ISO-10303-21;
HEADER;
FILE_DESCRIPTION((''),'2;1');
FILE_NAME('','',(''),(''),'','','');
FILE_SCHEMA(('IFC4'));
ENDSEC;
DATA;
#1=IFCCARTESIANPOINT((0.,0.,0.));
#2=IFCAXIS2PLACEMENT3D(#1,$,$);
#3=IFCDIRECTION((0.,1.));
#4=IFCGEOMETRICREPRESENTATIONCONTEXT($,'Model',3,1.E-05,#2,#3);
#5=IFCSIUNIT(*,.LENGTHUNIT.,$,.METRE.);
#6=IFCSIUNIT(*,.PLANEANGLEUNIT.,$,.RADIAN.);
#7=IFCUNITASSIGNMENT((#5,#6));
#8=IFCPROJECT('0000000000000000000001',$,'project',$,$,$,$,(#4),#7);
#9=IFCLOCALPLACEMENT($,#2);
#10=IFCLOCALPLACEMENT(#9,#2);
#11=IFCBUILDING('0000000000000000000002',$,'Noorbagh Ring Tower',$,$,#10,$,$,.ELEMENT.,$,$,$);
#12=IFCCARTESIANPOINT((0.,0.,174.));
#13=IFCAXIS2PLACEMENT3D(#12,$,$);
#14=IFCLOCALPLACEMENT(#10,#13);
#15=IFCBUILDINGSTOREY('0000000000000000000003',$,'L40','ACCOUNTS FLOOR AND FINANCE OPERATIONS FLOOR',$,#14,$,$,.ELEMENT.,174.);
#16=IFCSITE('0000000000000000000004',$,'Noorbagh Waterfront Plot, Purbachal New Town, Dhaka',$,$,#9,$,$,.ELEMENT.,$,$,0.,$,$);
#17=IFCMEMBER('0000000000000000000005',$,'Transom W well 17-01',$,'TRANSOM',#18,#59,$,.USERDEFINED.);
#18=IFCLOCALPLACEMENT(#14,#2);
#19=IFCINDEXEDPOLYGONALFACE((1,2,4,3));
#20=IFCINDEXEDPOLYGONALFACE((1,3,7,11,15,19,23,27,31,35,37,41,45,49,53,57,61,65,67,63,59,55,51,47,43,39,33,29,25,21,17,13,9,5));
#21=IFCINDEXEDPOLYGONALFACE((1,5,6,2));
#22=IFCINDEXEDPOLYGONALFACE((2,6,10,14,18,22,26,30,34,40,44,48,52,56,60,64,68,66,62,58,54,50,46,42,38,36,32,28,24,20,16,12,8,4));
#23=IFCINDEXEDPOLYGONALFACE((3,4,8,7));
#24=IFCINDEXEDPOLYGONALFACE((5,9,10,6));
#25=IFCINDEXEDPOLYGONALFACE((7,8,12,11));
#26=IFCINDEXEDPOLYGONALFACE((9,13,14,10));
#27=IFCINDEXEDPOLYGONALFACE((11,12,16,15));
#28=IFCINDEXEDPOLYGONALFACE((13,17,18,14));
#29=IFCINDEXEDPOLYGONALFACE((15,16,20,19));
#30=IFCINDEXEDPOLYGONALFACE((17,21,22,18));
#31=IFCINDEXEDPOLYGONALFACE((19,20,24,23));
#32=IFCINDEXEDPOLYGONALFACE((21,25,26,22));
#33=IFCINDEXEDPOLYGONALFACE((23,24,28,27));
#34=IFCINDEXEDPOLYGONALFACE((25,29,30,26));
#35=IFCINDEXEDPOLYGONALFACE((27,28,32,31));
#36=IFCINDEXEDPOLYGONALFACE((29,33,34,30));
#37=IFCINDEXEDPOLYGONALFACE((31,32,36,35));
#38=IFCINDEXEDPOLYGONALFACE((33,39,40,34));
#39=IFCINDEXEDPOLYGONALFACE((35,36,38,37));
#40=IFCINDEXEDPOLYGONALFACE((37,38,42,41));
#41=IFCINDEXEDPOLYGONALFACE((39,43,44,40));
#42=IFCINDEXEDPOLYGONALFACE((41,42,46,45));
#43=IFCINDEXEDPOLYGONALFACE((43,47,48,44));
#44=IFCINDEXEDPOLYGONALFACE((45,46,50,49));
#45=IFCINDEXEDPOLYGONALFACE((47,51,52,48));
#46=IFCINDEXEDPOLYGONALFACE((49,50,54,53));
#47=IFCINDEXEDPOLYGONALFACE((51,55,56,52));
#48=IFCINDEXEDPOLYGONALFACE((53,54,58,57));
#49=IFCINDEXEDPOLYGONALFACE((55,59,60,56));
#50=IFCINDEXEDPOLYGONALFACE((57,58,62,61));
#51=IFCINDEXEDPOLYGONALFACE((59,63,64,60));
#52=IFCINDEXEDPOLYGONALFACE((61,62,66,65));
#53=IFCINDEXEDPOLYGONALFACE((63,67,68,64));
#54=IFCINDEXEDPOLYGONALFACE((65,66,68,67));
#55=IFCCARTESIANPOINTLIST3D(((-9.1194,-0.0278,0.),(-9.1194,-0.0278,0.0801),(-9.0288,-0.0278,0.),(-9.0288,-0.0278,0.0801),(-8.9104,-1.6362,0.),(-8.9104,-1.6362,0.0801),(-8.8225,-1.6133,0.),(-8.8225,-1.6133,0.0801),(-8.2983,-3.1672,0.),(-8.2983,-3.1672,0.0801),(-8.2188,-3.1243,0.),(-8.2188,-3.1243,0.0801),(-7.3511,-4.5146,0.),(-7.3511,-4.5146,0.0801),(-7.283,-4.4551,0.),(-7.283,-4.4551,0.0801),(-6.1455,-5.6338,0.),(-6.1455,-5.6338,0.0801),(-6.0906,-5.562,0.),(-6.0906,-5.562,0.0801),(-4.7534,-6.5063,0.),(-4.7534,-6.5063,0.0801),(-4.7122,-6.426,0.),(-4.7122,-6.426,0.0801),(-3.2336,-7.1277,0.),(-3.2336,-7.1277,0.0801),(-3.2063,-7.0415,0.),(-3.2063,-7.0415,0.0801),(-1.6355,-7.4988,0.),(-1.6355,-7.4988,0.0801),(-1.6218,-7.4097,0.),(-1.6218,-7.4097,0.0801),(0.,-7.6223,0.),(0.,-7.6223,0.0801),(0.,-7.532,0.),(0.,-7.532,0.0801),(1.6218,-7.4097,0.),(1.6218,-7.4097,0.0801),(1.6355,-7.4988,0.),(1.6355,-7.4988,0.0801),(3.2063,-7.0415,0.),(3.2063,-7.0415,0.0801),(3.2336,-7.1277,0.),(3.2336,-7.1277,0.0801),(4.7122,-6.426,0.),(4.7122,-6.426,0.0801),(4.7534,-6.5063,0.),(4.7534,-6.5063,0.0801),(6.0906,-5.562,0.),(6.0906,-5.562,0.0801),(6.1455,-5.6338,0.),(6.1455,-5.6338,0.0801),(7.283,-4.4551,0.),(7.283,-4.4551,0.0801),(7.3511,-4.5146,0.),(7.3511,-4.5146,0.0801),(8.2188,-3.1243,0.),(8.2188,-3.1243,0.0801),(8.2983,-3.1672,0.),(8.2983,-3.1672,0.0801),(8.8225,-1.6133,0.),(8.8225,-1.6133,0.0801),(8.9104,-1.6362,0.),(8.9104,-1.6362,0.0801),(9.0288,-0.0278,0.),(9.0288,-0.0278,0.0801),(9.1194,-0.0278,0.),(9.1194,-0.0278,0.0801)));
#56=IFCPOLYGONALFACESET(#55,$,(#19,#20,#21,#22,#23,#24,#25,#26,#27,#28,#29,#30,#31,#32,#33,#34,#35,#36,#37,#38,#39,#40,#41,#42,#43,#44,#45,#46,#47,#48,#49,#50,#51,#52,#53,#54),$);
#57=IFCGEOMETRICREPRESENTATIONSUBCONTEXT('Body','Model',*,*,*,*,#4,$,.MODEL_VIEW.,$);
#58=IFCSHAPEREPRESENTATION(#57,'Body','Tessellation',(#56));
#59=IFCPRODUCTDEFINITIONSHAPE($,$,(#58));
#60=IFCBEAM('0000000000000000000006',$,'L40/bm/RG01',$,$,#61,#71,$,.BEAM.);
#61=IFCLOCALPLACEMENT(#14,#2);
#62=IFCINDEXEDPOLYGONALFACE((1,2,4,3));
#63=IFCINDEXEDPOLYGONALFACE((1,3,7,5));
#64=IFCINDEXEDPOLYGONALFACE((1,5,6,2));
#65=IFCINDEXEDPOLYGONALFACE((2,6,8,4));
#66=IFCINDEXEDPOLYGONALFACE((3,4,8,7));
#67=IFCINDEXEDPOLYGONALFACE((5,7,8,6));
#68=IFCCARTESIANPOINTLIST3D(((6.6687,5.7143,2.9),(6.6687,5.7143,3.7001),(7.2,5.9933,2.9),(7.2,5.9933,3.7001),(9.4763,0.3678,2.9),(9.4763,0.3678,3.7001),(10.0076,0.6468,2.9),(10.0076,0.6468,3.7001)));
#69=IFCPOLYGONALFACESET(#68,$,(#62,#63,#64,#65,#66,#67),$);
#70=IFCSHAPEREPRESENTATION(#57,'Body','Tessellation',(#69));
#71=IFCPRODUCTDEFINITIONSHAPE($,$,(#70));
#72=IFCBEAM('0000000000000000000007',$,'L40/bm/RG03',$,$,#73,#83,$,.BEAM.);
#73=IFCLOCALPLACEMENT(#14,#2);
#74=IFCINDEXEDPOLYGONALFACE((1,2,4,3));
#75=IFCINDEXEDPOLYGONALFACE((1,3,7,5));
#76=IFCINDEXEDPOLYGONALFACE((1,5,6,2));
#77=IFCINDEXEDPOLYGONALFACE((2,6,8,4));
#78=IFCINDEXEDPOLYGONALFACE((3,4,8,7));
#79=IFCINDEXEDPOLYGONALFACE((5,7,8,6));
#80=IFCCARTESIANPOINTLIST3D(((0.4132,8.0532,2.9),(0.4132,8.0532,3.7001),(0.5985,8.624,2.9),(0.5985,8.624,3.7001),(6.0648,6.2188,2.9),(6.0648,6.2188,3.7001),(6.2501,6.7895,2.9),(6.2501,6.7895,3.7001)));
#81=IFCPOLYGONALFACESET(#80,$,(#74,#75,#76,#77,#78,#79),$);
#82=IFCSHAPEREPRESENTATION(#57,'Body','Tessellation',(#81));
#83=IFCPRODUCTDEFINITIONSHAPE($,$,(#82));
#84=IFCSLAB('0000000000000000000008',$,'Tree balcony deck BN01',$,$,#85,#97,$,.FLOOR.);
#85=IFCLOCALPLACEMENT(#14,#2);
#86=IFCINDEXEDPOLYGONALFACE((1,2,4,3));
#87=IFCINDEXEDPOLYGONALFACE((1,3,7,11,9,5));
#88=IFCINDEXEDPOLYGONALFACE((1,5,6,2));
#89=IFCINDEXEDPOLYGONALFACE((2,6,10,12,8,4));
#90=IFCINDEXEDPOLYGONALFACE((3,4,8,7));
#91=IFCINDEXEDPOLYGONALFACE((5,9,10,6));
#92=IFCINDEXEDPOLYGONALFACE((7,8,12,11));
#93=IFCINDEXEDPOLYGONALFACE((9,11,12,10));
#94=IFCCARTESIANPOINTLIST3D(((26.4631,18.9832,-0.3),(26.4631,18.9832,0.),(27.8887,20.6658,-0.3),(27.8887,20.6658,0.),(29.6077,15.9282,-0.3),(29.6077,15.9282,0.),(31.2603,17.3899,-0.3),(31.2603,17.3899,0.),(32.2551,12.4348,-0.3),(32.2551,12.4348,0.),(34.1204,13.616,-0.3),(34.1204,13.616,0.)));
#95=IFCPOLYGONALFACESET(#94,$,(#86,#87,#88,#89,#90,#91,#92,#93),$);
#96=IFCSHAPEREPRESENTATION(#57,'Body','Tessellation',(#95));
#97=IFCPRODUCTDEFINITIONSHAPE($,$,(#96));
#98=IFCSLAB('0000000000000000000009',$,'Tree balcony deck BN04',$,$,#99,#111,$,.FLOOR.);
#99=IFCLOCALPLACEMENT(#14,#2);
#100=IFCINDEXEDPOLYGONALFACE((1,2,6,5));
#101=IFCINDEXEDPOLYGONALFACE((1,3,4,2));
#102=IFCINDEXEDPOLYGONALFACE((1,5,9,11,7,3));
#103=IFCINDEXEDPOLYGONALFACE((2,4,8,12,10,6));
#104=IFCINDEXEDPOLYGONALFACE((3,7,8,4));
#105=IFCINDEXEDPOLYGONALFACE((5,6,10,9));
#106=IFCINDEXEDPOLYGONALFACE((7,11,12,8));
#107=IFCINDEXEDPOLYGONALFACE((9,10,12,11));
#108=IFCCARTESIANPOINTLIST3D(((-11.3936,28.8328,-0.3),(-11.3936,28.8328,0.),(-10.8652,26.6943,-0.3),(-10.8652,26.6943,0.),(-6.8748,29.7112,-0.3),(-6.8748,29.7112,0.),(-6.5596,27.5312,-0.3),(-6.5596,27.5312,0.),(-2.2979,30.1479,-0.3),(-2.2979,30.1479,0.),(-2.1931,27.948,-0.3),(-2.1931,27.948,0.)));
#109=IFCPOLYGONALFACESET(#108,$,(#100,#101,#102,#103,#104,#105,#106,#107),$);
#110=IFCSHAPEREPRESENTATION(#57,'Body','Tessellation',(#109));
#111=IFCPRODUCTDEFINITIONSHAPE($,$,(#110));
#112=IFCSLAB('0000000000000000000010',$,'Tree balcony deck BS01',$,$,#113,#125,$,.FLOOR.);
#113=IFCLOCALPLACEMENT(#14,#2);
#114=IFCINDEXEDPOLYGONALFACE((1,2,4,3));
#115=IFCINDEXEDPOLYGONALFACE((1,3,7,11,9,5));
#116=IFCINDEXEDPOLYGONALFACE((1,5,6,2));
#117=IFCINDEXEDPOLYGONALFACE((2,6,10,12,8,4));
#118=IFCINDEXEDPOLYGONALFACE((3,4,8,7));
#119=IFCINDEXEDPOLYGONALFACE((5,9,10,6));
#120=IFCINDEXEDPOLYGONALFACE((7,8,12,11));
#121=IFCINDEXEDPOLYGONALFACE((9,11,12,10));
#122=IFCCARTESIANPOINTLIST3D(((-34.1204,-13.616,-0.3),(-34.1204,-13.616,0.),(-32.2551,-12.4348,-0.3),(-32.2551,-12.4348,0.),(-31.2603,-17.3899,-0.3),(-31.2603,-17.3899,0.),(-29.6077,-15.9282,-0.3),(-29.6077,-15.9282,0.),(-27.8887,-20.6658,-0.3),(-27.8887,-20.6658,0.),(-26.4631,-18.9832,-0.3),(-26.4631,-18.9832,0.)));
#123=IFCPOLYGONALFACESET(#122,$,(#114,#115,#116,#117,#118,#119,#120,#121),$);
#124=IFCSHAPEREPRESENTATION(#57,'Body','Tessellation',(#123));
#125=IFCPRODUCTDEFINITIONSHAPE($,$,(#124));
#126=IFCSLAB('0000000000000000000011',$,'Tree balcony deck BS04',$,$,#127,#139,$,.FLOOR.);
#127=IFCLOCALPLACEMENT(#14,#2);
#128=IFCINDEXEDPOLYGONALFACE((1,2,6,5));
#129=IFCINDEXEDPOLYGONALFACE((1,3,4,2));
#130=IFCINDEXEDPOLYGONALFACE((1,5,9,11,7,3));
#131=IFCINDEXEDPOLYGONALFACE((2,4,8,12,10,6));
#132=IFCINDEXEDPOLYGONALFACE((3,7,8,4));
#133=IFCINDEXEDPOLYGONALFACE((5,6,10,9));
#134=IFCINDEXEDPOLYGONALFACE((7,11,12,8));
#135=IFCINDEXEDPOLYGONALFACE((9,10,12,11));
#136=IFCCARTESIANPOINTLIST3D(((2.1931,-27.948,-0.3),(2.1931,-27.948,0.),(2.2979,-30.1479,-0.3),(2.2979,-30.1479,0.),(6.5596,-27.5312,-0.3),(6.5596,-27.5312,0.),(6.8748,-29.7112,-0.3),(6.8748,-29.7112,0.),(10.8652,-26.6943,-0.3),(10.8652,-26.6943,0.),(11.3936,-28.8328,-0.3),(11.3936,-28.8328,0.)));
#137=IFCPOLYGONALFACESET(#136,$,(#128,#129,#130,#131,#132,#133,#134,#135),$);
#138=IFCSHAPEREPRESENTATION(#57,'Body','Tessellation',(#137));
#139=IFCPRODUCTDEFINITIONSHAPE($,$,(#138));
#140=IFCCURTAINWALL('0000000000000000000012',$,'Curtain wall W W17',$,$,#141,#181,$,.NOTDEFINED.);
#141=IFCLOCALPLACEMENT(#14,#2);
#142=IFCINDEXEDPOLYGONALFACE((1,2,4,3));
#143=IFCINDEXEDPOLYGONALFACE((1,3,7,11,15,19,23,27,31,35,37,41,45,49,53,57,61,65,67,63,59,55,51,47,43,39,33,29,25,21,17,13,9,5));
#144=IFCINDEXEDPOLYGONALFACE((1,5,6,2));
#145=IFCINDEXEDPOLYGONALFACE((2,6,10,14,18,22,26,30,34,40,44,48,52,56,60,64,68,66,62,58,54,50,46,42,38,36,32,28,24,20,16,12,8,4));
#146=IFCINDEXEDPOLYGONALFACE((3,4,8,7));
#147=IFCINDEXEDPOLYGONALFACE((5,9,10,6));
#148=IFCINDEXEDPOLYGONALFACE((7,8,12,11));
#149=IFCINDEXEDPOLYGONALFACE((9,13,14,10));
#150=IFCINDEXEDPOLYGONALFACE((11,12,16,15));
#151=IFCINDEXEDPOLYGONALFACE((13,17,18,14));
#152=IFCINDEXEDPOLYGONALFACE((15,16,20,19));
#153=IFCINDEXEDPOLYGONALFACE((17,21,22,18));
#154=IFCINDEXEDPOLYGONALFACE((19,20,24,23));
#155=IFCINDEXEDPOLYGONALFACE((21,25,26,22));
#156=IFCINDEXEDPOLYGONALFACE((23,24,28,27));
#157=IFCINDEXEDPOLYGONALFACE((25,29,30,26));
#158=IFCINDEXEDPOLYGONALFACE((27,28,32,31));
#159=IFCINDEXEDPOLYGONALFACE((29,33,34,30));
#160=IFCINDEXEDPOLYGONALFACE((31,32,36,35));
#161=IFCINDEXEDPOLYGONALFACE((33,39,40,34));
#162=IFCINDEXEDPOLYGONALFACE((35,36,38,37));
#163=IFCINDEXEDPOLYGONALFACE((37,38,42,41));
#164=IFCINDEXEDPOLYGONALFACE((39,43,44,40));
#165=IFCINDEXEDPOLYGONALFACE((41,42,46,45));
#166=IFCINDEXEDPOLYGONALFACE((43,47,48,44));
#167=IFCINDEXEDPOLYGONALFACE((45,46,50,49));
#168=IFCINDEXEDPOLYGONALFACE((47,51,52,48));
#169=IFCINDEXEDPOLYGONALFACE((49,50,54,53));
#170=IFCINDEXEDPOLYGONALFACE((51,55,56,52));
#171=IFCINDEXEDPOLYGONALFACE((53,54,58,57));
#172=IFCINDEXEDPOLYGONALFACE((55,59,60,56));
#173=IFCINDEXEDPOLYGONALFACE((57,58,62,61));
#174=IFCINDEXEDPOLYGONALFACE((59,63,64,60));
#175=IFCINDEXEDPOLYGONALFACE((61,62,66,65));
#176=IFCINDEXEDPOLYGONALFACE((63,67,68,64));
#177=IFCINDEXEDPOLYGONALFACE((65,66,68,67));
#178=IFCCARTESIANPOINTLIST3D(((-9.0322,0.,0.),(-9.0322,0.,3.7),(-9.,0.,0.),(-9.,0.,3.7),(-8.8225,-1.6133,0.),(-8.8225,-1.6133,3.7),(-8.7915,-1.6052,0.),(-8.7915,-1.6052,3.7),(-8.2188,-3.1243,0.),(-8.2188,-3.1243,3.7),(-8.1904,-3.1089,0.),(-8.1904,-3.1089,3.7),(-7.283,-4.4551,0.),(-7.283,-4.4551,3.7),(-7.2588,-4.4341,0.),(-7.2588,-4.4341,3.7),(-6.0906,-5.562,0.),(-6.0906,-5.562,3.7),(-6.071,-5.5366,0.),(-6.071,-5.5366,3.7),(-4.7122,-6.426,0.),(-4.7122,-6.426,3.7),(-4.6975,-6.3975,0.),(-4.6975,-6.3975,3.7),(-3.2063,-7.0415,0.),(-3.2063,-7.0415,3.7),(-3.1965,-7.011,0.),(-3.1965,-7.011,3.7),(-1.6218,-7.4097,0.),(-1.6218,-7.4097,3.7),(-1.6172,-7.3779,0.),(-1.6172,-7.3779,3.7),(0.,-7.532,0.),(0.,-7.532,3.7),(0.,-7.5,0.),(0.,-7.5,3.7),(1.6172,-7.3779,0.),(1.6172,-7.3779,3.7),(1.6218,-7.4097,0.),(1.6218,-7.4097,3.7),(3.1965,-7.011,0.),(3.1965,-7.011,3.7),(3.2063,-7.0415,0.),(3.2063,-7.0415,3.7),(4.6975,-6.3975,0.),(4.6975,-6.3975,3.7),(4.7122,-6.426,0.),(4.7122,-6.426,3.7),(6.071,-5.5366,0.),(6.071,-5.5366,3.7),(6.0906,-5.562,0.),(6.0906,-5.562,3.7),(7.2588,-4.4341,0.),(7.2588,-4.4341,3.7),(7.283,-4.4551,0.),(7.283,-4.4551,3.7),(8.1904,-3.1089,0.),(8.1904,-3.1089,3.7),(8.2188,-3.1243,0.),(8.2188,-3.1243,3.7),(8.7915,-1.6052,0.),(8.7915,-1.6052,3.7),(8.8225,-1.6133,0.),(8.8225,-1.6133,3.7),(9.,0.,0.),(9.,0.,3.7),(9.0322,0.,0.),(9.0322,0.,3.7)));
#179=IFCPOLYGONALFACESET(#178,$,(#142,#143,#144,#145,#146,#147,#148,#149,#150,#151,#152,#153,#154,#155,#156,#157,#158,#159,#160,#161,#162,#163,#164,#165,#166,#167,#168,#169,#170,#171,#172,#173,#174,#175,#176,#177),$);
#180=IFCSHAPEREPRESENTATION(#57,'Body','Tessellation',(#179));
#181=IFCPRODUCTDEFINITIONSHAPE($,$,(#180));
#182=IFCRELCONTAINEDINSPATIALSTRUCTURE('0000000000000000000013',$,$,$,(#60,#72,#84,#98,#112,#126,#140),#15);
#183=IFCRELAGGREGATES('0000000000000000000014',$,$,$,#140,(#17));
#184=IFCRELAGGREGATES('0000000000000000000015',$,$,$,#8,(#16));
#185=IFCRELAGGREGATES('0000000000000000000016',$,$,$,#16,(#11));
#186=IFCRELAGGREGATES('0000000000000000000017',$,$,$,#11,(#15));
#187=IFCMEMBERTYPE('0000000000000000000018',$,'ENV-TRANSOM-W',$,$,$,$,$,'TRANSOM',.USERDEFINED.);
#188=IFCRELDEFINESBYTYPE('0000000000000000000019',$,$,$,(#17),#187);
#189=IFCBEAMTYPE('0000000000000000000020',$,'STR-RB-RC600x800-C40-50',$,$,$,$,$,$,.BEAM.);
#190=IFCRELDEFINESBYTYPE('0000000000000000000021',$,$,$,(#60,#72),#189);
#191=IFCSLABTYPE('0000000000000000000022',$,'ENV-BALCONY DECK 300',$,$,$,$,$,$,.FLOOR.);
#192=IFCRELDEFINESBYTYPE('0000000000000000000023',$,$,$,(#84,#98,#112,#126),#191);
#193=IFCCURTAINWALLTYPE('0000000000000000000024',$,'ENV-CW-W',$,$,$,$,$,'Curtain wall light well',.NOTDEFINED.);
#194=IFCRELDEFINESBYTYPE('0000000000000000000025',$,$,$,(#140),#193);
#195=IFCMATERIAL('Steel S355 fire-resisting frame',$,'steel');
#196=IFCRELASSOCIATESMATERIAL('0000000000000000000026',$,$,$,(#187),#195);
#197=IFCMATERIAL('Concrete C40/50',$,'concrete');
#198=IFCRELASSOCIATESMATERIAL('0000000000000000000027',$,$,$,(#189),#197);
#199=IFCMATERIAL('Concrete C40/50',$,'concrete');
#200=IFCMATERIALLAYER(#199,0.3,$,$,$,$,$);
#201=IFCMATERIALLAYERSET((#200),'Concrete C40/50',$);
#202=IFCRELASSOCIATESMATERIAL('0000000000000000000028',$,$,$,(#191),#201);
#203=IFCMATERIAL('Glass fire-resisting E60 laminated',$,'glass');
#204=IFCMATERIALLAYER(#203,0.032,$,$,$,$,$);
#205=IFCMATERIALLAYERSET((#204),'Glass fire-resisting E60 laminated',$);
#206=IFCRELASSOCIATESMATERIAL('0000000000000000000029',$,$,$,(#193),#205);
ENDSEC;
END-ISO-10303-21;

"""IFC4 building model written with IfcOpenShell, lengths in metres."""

from ifc_helpers import new_model, si_unit, direction, frame, origin, origin_2d, place, context, subcontext, project, spatial, polyline, rectangle, outline, extrude, material, layer, layer_set, material_profile, profile_set, type_object, element, aggregate, save


model = new_model("IFC4")

# Units and contexts
model_context = context("Model", 3, precision=1e-05, world=origin(), true_north=direction((0.0, 1.0)))
body_context = subcontext(model_context, "Body", "Model", "MODEL_VIEW")
ifc_project = project(units=[si_unit("LENGTHUNIT", "METRE"), si_unit("PLANEANGLEUNIT", "RADIAN")], contexts=[model_context])

# Site, building, storey
site_placement = place(None, origin())
site = spatial("IfcSite", under=ifc_project, at=site_placement, Name="Noorbagh Waterfront Plot, Purbachal New Town, Dhaka", CompositionType="ELEMENT", RefElevation=0.0)
building_placement = place(site_placement, origin())
building = spatial("IfcBuilding", under=site, at=building_placement, Name="Noorbagh Ring Tower", CompositionType="ELEMENT")
storey_placement = place(building_placement, frame((0.0, 0.0, 174.0)))
storey = spatial("IfcBuildingStorey", under=building, at=storey_placement, Name="L40", Description="ACCOUNTS FLOOR AND FINANCE OPERATIONS FLOOR", CompositionType="ELEMENT", Elevation=174.0)

# Member
ifc_material_1 = material(Name="Steel S355 fire-resisting frame", Category="steel")
member_type_1 = type_object("IfcMemberType", Name="ENV-TRANSOM-W", ElementType="TRANSOM", PredefinedType="USERDEFINED", material=ifc_material_1)
member_1_placement = place(storey_placement, origin())
member_1 = element("IfcMember", 1, at=member_1_placement, type_object=member_type_1, Name="Transom W well 17-01", ObjectType="TRANSOM", PredefinedType="USERDEFINED", context=body_context, shape_type="SweptSolid", body=[
    extrude(outline(polyline([(-9.1194, -0.0278), (-8.9104, -1.6362), (-8.2983, -3.1672), (-7.3511, -4.5146), (-6.1455, -5.6338), (-4.7534, -6.5063), (-3.2336, -7.1277), (-1.6355, -7.4988), (0.0, -7.6223), (1.6355, -7.4988), (3.2336, -7.1277), (4.7534, -6.5063), (6.1455, -5.6338), (7.3511, -4.5146), (8.2983, -3.1672), (8.9104, -1.6362), (9.1194, -0.0278), (9.0288, -0.0278), (8.8225, -1.6133), (8.2188, -3.1243), (7.283, -4.4551), (6.0906, -5.562), (4.7122, -6.426), (3.2063, -7.0415), (1.6218, -7.4097), (0.0, -7.532), (-1.6218, -7.4097), (-3.2063, -7.0415), (-4.7122, -6.426), (-6.0906, -5.562), (-7.283, -4.4551), (-8.2188, -3.1243), (-8.8225, -1.6133), (-9.0288, -0.0278), (-9.1194, -0.0278)])), origin(), (0.0, 0.0, 1.0), 0.0801),
])

# Beams
ifc_material_2 = material(Name="Concrete C40/50", Category="concrete")
ifc_material_profile_1 = material_profile(ifc_material_2, rectangle(XDim=0.6001, YDim=0.8, at=origin_2d()), Name="RC600x800")
ifc_profile_set_1 = profile_set([ifc_material_profile_1], Name="Concrete C40/50")
beam_type = type_object("IfcBeamType", Name="STR-RB-RC600x800-C40-50", PredefinedType="BEAM", material=ifc_profile_set_1)
beam_1_placement = place(storey_placement, frame((9.7419, 0.5073, 3.3), z_axis=(-0.46493, 0.885348, 0.0), x_axis=(-0.885348, -0.46493, 0.0)))
element("IfcBeam", 2, at=beam_1_placement, inside=storey, type_object=beam_type, Name="L40/bm/RG01", PredefinedType="BEAM", context=body_context, shape_type="SweptSolid", body=[
    extrude(rectangle(XDim=0.6001, YDim=0.8, at=origin_2d()), origin(), (0.0, 0.0, 1.0), 6.0388),
])
beam_2_placement = place(storey_placement, frame((6.1575, 6.5042, 3.3), z_axis=(-0.951148, 0.308736, 0.0), x_axis=(-0.308736, -0.951148, 0.0)))
element("IfcBeam", 3, at=beam_2_placement, inside=storey, type_object=beam_type, Name="L40/bm/RG03", PredefinedType="BEAM", context=body_context, shape_type="SweptSolid", body=[
    extrude(rectangle(XDim=0.6001, YDim=0.8, at=origin_2d()), origin(), (0.0, 0.0, 1.0), 5.9419),
])

# Slabs
ifc_material_3 = material(Name="Concrete C40/50", Category="concrete")
ifc_layer_1 = layer(ifc_material_3, 0.3)
ifc_layer_set_1 = layer_set([ifc_layer_1], Name="Concrete C40/50")
slab_type = type_object("IfcSlabType", Name="ENV-BALCONY DECK 300", PredefinedType="FLOOR", material=ifc_layer_set_1)
slab_1_placement = place(storey_placement, frame((0.0, 0.0, -0.3)))
element("IfcSlab", 4, at=slab_1_placement, inside=storey, type_object=slab_type, Name="Tree balcony deck BN01", PredefinedType="FLOOR", context=body_context, shape_type="SweptSolid", body=[
    extrude(outline(polyline([(34.1204, 13.616), (31.2603, 17.3899), (27.8887, 20.6658), (26.4631, 18.9832), (29.6077, 15.9282), (32.2551, 12.4348), (34.1204, 13.616)])), origin(), (0.0, 0.0, 1.0), 0.3),
])
slab_2_placement = place(storey_placement, frame((0.0, 0.0, -0.3)))
element("IfcSlab", 5, at=slab_2_placement, inside=storey, type_object=slab_type, Name="Tree balcony deck BN04", PredefinedType="FLOOR", context=body_context, shape_type="SweptSolid", body=[
    extrude(outline(polyline([(-2.2979, 30.1479), (-6.8748, 29.7112), (-11.3936, 28.8328), (-10.8652, 26.6943), (-6.5596, 27.5312), (-2.1931, 27.948), (-2.2979, 30.1479)])), origin(), (0.0, 0.0, 1.0), 0.3),
])
slab_3_placement = place(storey_placement, frame((0.0, 0.0, -0.3)))
element("IfcSlab", 6, at=slab_3_placement, inside=storey, type_object=slab_type, Name="Tree balcony deck BS01", PredefinedType="FLOOR", context=body_context, shape_type="SweptSolid", body=[
    extrude(outline(polyline([(-34.1204, -13.616), (-31.2603, -17.3899), (-27.8887, -20.6658), (-26.4631, -18.9832), (-29.6077, -15.9282), (-32.2551, -12.4348), (-34.1204, -13.616)])), origin(), (0.0, 0.0, 1.0), 0.3),
])
slab_4_placement = place(storey_placement, frame((0.0, 0.0, -0.3)))
element("IfcSlab", 7, at=slab_4_placement, inside=storey, type_object=slab_type, Name="Tree balcony deck BS04", PredefinedType="FLOOR", context=body_context, shape_type="SweptSolid", body=[
    extrude(outline(polyline([(2.2979, -30.1479), (6.8748, -29.7112), (11.3936, -28.8328), (10.8652, -26.6943), (6.5596, -27.5312), (2.1931, -27.948), (2.2979, -30.1479)])), origin(), (0.0, 0.0, 1.0), 0.3),
])

# Curtain wall
ifc_material_4 = material(Name="Glass fire-resisting E60 laminated", Category="glass")
ifc_layer_2 = layer(ifc_material_4, 0.032)
ifc_layer_set_2 = layer_set([ifc_layer_2], Name="Glass fire-resisting E60 laminated")
curtain_wall_type = type_object("IfcCurtainWallType", Name="ENV-CW-W", ElementType="Curtain wall light well", PredefinedType="NOTDEFINED", material=ifc_layer_set_2)
curtain_wall_1_placement = place(storey_placement, origin())
curtain_wall_1 = element("IfcCurtainWall", 8, at=curtain_wall_1_placement, inside=storey, type_object=curtain_wall_type, Name="Curtain wall W W17", PredefinedType="NOTDEFINED", context=body_context, shape_type="SweptSolid", body=[
    extrude(outline(polyline([(-9.0322, 0.0), (-8.8225, -1.6133), (-8.2188, -3.1243), (-7.283, -4.4551), (-6.0906, -5.562), (-4.7122, -6.426), (-3.2063, -7.0415), (-1.6218, -7.4097), (0.0, -7.532), (1.6218, -7.4097), (3.2063, -7.0415), (4.7122, -6.426), (6.0906, -5.562), (7.283, -4.4551), (8.2188, -3.1243), (8.8225, -1.6133), (9.0322, 0.0), (9.0, 0.0), (8.7915, -1.6052), (8.1904, -3.1089), (7.2588, -4.4341), (6.071, -5.5366), (4.6975, -6.3975), (3.1965, -7.011), (1.6172, -7.3779), (0.0, -7.5), (-1.6172, -7.3779), (-3.1965, -7.011), (-4.6975, -6.3975), (-6.071, -5.5366), (-7.2588, -4.4341), (-8.1904, -3.1089), (-8.7915, -1.6052), (-9.0, 0.0), (-9.0322, 0.0)])), origin(), (0.0, 0.0, 1.0), 3.7),
])
aggregate(curtain_wall_1, [member_1])

save(model, "model.ifc")
